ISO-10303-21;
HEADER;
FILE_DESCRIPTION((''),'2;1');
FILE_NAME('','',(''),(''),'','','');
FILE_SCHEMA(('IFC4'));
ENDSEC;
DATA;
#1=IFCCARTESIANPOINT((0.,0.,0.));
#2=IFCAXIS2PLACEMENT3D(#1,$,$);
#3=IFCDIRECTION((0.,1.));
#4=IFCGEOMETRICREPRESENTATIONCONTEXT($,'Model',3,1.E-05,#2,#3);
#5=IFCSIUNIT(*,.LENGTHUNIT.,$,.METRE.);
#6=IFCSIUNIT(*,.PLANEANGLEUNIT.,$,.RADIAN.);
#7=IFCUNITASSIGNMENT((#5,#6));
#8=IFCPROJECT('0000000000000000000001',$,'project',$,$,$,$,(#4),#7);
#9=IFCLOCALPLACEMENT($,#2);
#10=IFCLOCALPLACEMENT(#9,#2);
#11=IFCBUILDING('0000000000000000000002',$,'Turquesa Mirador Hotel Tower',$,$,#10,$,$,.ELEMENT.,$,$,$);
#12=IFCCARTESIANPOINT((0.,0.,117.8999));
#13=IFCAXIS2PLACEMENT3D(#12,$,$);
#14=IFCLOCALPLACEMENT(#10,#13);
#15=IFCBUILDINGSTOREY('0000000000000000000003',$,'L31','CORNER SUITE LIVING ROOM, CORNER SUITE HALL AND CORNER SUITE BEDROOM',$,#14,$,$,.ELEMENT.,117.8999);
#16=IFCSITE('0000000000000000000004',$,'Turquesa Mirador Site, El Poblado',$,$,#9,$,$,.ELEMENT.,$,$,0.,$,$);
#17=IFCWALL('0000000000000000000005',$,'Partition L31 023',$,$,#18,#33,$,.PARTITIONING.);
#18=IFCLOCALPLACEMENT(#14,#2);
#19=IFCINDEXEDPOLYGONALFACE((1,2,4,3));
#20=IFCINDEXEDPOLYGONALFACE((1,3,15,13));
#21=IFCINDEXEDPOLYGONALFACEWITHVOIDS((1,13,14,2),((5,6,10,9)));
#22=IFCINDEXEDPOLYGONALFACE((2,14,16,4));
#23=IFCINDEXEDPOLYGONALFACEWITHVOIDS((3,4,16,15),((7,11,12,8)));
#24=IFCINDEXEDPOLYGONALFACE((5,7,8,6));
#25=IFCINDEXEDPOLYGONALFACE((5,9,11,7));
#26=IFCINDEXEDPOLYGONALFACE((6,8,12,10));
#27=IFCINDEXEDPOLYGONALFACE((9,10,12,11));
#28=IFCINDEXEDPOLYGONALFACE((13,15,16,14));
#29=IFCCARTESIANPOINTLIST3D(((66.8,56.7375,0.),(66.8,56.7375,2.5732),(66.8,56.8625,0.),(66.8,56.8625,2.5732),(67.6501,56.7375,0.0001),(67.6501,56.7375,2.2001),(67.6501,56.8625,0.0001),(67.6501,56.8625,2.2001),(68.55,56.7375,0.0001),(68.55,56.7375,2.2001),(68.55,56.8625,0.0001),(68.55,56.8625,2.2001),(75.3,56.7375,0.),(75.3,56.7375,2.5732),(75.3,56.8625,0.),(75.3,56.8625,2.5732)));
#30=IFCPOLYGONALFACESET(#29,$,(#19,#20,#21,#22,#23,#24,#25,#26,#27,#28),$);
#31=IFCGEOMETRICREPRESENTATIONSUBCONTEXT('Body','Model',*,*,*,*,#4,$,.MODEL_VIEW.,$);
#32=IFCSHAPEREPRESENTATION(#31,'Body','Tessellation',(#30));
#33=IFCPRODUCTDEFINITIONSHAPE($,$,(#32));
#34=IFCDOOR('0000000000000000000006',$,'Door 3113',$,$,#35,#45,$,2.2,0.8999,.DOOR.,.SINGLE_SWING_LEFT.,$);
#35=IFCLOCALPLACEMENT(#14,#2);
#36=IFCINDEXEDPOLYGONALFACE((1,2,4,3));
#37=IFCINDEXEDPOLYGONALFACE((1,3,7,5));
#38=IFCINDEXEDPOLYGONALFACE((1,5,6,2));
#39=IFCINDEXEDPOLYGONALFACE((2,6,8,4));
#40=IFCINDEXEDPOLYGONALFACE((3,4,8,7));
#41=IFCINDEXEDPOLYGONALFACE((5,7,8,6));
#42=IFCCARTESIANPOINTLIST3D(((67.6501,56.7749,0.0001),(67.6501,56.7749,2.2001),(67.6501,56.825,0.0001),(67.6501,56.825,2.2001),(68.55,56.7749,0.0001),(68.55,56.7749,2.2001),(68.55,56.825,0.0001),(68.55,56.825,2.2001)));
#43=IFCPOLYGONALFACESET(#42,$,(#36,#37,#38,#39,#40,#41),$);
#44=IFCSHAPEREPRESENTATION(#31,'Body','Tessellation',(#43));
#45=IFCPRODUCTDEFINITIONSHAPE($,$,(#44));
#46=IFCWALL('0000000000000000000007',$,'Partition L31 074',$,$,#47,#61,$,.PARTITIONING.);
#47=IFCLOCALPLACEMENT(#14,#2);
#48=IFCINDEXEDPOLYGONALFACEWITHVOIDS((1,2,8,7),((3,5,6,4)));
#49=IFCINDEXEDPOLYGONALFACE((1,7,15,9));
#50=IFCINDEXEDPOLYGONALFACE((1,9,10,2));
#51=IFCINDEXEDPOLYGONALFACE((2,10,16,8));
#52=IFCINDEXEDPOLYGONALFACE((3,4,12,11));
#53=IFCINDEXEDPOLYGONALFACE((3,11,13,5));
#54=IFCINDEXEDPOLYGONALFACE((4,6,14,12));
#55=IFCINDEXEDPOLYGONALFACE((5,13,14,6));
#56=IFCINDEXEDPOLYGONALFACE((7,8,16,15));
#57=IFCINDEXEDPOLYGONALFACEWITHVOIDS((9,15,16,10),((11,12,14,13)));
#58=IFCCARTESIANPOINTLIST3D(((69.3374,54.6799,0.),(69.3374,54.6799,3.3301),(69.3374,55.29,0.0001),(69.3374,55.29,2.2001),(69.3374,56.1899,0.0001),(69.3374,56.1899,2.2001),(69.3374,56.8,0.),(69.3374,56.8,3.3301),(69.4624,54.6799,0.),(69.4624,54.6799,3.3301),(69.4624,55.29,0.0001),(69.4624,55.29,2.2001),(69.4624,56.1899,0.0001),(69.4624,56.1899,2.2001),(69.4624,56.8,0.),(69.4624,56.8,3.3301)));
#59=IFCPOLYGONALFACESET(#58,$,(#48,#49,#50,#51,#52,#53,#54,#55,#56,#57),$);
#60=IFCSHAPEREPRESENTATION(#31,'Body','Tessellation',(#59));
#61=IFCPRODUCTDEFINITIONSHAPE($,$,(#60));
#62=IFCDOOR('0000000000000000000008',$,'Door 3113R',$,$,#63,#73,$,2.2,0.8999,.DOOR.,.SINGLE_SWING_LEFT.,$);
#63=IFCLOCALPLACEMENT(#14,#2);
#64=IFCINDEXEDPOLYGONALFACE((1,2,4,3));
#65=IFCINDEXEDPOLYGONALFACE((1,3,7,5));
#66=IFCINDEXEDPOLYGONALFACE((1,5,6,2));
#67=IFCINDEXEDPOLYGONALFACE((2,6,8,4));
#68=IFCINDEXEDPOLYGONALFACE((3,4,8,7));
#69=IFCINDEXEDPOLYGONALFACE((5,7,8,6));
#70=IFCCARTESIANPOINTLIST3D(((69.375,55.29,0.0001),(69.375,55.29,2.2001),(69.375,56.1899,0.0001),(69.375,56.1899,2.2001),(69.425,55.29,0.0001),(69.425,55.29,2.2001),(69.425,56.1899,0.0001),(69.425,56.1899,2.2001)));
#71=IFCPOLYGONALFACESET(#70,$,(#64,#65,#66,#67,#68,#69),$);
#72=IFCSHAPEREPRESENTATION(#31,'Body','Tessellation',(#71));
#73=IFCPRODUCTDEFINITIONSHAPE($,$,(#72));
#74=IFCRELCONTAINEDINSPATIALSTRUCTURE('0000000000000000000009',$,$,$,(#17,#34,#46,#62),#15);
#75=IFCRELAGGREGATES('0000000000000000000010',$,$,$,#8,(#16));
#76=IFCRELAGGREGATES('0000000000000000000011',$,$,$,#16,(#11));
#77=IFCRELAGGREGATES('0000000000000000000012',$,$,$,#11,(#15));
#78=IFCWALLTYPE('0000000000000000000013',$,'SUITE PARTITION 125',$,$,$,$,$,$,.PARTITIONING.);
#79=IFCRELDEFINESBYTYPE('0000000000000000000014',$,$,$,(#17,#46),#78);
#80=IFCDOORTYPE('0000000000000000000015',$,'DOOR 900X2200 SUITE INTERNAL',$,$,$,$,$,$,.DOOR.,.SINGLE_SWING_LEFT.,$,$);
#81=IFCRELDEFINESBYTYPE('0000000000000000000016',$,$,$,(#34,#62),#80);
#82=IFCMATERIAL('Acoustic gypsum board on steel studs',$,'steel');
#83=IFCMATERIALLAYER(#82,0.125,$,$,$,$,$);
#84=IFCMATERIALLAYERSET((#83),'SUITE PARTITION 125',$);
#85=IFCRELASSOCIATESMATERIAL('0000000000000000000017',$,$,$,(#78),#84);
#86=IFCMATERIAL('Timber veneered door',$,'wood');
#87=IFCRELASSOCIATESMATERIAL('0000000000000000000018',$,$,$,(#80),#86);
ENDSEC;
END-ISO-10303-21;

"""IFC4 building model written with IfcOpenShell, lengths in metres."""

from ifc_helpers import new_model, si_unit, direction, frame, frame_2d, origin, place, context, subcontext, project, spatial, rectangle, extrude, material, layer, layer_set, type_object, element, fill, save


model = new_model("IFC4")

# Units and contexts
model_context = context("Model", 3, precision=1e-05, world=origin(), true_north=direction((0.0, 1.0)))
body_context = subcontext(model_context, "Body", "Model", "MODEL_VIEW")
ifc_project = project(units=[si_unit("LENGTHUNIT", "METRE"), si_unit("PLANEANGLEUNIT", "RADIAN")], contexts=[model_context])

# Site, building, storey
site_placement = place(None, origin())
site = spatial("IfcSite", under=ifc_project, at=site_placement, Name="Turquesa Mirador Site, El Poblado", CompositionType="ELEMENT", RefElevation=0.0)
building_placement = place(site_placement, origin())
building = spatial("IfcBuilding", under=site, at=building_placement, Name="Turquesa Mirador Hotel Tower", CompositionType="ELEMENT")
storey_placement = place(building_placement, frame((0.0, 0.0, 117.8999)))
storey = spatial("IfcBuildingStorey", under=building, at=storey_placement, Name="L31", Description="CORNER SUITE LIVING ROOM, CORNER SUITE HALL AND CORNER SUITE BEDROOM", CompositionType="ELEMENT", Elevation=117.8999)

# Walls, openings, doors
ifc_material_1 = material(Name="Acoustic gypsum board on steel studs", Category="steel")
ifc_layer_1 = layer(ifc_material_1, 0.125)
ifc_layer_set_1 = layer_set([ifc_layer_1], Name="SUITE PARTITION 125")
wall_type_1 = type_object("IfcWallType", Name="SUITE PARTITION 125", PredefinedType="PARTITIONING", material=ifc_layer_set_1)
wall_1_placement = place(storey_placement, frame((66.8, 56.8, 0.0), z_axis=(0.0, 0.0, 1.0), x_axis=(1.0, 0.0, 0.0)))
wall_1 = element("IfcWall", 1, at=wall_1_placement, inside=storey, type_object=wall_type_1, Name="Partition L31 023", PredefinedType="PARTITIONING", context=body_context, shape_type="SweptSolid", body=[
    extrude(rectangle(XDim=8.5, YDim=0.125, at=frame_2d((4.25, 0.0))), origin(), (0.0, 0.0, 1.0), 2.5732),
])
opening_1_placement = place(wall_1_placement, frame((0.8501, 0.0, 0.0)))
opening_1 = element("IfcOpeningElement", 2, at=opening_1_placement, cuts=wall_1, PredefinedType="OPENING", context=body_context, shape_type="SweptSolid", body=[
    extrude(rectangle(XDim=0.8999, YDim=2.2, at=frame_2d((0.45, 1.1001))), frame((0.0, 0.0725, 0.0), z_axis=(0.0, -1.0, 0.0), x_axis=(1.0, 0.0, 0.0)), (0.0, 0.0, 1.0), 0.145),
])
ifc_material_2 = material(Name="Timber veneered door", Category="wood")
door_type_1 = type_object("IfcDoorType", Name="DOOR 900X2200 SUITE INTERNAL", OperationType="SINGLE_SWING_LEFT", PredefinedType="DOOR", material=ifc_material_2)
door_1_placement = place(opening_1_placement, origin())
door_1 = element("IfcDoor", 3, at=door_1_placement, inside=storey, type_object=door_type_1, Name="Door 3113", OperationType="SINGLE_SWING_LEFT", OverallHeight=2.2, OverallWidth=0.8999, PredefinedType="DOOR", context=body_context, shape_type="SweptSolid", body=[
    extrude(rectangle(XDim=0.8999, YDim=2.2, at=frame_2d((0.45, 1.1001))), frame((0.0, 0.0249, 0.0), z_axis=(0.0, -1.0, 0.0), x_axis=(1.0, 0.0, 0.0)), (0.0, 0.0, 1.0), 0.05),
])
fill(opening_1, door_1)
wall_2_placement = place(storey_placement, frame((69.3999, 54.6799, 0.0), z_axis=(0.0, 0.0, 1.0), x_axis=(0.0, 1.0, 0.0)))
wall_2 = element("IfcWall", 4, at=wall_2_placement, inside=storey, type_object=wall_type_1, Name="Partition L31 074", PredefinedType="PARTITIONING", context=body_context, shape_type="SweptSolid", body=[
    extrude(rectangle(XDim=2.1201, YDim=0.125, at=frame_2d((1.0601, 0.0))), origin(), (0.0, 0.0, 1.0), 3.3301),
])
opening_2_placement = place(wall_2_placement, frame((0.6101, 0.0, 0.0)))
opening_2 = element("IfcOpeningElement", 5, at=opening_2_placement, cuts=wall_2, PredefinedType="OPENING", context=body_context, shape_type="SweptSolid", body=[
    extrude(rectangle(XDim=0.8999, YDim=2.2, at=frame_2d((0.45, 1.1001))), frame((0.0, 0.0725, 0.0), z_axis=(0.0, -1.0, 0.0), x_axis=(1.0, 0.0, 0.0)), (0.0, 0.0, 1.0), 0.145),
])
door_2_placement = place(opening_2_placement, origin())
door_2 = element("IfcDoor", 6, at=door_2_placement, inside=storey, type_object=door_type_1, Name="Door 3113R", OperationType="SINGLE_SWING_LEFT", OverallHeight=2.2, OverallWidth=0.8999, PredefinedType="DOOR", context=body_context, shape_type="SweptSolid", body=[
    extrude(rectangle(XDim=0.8999, YDim=2.2, at=frame_2d((0.45, 1.1001))), frame((0.0, 0.0249, 0.0), z_axis=(0.0, -1.0, 0.0), x_axis=(1.0, 0.0, 0.0)), (0.0, 0.0, 1.0), 0.05),
])
fill(opening_2, door_2)

save(model, "model.ifc")
